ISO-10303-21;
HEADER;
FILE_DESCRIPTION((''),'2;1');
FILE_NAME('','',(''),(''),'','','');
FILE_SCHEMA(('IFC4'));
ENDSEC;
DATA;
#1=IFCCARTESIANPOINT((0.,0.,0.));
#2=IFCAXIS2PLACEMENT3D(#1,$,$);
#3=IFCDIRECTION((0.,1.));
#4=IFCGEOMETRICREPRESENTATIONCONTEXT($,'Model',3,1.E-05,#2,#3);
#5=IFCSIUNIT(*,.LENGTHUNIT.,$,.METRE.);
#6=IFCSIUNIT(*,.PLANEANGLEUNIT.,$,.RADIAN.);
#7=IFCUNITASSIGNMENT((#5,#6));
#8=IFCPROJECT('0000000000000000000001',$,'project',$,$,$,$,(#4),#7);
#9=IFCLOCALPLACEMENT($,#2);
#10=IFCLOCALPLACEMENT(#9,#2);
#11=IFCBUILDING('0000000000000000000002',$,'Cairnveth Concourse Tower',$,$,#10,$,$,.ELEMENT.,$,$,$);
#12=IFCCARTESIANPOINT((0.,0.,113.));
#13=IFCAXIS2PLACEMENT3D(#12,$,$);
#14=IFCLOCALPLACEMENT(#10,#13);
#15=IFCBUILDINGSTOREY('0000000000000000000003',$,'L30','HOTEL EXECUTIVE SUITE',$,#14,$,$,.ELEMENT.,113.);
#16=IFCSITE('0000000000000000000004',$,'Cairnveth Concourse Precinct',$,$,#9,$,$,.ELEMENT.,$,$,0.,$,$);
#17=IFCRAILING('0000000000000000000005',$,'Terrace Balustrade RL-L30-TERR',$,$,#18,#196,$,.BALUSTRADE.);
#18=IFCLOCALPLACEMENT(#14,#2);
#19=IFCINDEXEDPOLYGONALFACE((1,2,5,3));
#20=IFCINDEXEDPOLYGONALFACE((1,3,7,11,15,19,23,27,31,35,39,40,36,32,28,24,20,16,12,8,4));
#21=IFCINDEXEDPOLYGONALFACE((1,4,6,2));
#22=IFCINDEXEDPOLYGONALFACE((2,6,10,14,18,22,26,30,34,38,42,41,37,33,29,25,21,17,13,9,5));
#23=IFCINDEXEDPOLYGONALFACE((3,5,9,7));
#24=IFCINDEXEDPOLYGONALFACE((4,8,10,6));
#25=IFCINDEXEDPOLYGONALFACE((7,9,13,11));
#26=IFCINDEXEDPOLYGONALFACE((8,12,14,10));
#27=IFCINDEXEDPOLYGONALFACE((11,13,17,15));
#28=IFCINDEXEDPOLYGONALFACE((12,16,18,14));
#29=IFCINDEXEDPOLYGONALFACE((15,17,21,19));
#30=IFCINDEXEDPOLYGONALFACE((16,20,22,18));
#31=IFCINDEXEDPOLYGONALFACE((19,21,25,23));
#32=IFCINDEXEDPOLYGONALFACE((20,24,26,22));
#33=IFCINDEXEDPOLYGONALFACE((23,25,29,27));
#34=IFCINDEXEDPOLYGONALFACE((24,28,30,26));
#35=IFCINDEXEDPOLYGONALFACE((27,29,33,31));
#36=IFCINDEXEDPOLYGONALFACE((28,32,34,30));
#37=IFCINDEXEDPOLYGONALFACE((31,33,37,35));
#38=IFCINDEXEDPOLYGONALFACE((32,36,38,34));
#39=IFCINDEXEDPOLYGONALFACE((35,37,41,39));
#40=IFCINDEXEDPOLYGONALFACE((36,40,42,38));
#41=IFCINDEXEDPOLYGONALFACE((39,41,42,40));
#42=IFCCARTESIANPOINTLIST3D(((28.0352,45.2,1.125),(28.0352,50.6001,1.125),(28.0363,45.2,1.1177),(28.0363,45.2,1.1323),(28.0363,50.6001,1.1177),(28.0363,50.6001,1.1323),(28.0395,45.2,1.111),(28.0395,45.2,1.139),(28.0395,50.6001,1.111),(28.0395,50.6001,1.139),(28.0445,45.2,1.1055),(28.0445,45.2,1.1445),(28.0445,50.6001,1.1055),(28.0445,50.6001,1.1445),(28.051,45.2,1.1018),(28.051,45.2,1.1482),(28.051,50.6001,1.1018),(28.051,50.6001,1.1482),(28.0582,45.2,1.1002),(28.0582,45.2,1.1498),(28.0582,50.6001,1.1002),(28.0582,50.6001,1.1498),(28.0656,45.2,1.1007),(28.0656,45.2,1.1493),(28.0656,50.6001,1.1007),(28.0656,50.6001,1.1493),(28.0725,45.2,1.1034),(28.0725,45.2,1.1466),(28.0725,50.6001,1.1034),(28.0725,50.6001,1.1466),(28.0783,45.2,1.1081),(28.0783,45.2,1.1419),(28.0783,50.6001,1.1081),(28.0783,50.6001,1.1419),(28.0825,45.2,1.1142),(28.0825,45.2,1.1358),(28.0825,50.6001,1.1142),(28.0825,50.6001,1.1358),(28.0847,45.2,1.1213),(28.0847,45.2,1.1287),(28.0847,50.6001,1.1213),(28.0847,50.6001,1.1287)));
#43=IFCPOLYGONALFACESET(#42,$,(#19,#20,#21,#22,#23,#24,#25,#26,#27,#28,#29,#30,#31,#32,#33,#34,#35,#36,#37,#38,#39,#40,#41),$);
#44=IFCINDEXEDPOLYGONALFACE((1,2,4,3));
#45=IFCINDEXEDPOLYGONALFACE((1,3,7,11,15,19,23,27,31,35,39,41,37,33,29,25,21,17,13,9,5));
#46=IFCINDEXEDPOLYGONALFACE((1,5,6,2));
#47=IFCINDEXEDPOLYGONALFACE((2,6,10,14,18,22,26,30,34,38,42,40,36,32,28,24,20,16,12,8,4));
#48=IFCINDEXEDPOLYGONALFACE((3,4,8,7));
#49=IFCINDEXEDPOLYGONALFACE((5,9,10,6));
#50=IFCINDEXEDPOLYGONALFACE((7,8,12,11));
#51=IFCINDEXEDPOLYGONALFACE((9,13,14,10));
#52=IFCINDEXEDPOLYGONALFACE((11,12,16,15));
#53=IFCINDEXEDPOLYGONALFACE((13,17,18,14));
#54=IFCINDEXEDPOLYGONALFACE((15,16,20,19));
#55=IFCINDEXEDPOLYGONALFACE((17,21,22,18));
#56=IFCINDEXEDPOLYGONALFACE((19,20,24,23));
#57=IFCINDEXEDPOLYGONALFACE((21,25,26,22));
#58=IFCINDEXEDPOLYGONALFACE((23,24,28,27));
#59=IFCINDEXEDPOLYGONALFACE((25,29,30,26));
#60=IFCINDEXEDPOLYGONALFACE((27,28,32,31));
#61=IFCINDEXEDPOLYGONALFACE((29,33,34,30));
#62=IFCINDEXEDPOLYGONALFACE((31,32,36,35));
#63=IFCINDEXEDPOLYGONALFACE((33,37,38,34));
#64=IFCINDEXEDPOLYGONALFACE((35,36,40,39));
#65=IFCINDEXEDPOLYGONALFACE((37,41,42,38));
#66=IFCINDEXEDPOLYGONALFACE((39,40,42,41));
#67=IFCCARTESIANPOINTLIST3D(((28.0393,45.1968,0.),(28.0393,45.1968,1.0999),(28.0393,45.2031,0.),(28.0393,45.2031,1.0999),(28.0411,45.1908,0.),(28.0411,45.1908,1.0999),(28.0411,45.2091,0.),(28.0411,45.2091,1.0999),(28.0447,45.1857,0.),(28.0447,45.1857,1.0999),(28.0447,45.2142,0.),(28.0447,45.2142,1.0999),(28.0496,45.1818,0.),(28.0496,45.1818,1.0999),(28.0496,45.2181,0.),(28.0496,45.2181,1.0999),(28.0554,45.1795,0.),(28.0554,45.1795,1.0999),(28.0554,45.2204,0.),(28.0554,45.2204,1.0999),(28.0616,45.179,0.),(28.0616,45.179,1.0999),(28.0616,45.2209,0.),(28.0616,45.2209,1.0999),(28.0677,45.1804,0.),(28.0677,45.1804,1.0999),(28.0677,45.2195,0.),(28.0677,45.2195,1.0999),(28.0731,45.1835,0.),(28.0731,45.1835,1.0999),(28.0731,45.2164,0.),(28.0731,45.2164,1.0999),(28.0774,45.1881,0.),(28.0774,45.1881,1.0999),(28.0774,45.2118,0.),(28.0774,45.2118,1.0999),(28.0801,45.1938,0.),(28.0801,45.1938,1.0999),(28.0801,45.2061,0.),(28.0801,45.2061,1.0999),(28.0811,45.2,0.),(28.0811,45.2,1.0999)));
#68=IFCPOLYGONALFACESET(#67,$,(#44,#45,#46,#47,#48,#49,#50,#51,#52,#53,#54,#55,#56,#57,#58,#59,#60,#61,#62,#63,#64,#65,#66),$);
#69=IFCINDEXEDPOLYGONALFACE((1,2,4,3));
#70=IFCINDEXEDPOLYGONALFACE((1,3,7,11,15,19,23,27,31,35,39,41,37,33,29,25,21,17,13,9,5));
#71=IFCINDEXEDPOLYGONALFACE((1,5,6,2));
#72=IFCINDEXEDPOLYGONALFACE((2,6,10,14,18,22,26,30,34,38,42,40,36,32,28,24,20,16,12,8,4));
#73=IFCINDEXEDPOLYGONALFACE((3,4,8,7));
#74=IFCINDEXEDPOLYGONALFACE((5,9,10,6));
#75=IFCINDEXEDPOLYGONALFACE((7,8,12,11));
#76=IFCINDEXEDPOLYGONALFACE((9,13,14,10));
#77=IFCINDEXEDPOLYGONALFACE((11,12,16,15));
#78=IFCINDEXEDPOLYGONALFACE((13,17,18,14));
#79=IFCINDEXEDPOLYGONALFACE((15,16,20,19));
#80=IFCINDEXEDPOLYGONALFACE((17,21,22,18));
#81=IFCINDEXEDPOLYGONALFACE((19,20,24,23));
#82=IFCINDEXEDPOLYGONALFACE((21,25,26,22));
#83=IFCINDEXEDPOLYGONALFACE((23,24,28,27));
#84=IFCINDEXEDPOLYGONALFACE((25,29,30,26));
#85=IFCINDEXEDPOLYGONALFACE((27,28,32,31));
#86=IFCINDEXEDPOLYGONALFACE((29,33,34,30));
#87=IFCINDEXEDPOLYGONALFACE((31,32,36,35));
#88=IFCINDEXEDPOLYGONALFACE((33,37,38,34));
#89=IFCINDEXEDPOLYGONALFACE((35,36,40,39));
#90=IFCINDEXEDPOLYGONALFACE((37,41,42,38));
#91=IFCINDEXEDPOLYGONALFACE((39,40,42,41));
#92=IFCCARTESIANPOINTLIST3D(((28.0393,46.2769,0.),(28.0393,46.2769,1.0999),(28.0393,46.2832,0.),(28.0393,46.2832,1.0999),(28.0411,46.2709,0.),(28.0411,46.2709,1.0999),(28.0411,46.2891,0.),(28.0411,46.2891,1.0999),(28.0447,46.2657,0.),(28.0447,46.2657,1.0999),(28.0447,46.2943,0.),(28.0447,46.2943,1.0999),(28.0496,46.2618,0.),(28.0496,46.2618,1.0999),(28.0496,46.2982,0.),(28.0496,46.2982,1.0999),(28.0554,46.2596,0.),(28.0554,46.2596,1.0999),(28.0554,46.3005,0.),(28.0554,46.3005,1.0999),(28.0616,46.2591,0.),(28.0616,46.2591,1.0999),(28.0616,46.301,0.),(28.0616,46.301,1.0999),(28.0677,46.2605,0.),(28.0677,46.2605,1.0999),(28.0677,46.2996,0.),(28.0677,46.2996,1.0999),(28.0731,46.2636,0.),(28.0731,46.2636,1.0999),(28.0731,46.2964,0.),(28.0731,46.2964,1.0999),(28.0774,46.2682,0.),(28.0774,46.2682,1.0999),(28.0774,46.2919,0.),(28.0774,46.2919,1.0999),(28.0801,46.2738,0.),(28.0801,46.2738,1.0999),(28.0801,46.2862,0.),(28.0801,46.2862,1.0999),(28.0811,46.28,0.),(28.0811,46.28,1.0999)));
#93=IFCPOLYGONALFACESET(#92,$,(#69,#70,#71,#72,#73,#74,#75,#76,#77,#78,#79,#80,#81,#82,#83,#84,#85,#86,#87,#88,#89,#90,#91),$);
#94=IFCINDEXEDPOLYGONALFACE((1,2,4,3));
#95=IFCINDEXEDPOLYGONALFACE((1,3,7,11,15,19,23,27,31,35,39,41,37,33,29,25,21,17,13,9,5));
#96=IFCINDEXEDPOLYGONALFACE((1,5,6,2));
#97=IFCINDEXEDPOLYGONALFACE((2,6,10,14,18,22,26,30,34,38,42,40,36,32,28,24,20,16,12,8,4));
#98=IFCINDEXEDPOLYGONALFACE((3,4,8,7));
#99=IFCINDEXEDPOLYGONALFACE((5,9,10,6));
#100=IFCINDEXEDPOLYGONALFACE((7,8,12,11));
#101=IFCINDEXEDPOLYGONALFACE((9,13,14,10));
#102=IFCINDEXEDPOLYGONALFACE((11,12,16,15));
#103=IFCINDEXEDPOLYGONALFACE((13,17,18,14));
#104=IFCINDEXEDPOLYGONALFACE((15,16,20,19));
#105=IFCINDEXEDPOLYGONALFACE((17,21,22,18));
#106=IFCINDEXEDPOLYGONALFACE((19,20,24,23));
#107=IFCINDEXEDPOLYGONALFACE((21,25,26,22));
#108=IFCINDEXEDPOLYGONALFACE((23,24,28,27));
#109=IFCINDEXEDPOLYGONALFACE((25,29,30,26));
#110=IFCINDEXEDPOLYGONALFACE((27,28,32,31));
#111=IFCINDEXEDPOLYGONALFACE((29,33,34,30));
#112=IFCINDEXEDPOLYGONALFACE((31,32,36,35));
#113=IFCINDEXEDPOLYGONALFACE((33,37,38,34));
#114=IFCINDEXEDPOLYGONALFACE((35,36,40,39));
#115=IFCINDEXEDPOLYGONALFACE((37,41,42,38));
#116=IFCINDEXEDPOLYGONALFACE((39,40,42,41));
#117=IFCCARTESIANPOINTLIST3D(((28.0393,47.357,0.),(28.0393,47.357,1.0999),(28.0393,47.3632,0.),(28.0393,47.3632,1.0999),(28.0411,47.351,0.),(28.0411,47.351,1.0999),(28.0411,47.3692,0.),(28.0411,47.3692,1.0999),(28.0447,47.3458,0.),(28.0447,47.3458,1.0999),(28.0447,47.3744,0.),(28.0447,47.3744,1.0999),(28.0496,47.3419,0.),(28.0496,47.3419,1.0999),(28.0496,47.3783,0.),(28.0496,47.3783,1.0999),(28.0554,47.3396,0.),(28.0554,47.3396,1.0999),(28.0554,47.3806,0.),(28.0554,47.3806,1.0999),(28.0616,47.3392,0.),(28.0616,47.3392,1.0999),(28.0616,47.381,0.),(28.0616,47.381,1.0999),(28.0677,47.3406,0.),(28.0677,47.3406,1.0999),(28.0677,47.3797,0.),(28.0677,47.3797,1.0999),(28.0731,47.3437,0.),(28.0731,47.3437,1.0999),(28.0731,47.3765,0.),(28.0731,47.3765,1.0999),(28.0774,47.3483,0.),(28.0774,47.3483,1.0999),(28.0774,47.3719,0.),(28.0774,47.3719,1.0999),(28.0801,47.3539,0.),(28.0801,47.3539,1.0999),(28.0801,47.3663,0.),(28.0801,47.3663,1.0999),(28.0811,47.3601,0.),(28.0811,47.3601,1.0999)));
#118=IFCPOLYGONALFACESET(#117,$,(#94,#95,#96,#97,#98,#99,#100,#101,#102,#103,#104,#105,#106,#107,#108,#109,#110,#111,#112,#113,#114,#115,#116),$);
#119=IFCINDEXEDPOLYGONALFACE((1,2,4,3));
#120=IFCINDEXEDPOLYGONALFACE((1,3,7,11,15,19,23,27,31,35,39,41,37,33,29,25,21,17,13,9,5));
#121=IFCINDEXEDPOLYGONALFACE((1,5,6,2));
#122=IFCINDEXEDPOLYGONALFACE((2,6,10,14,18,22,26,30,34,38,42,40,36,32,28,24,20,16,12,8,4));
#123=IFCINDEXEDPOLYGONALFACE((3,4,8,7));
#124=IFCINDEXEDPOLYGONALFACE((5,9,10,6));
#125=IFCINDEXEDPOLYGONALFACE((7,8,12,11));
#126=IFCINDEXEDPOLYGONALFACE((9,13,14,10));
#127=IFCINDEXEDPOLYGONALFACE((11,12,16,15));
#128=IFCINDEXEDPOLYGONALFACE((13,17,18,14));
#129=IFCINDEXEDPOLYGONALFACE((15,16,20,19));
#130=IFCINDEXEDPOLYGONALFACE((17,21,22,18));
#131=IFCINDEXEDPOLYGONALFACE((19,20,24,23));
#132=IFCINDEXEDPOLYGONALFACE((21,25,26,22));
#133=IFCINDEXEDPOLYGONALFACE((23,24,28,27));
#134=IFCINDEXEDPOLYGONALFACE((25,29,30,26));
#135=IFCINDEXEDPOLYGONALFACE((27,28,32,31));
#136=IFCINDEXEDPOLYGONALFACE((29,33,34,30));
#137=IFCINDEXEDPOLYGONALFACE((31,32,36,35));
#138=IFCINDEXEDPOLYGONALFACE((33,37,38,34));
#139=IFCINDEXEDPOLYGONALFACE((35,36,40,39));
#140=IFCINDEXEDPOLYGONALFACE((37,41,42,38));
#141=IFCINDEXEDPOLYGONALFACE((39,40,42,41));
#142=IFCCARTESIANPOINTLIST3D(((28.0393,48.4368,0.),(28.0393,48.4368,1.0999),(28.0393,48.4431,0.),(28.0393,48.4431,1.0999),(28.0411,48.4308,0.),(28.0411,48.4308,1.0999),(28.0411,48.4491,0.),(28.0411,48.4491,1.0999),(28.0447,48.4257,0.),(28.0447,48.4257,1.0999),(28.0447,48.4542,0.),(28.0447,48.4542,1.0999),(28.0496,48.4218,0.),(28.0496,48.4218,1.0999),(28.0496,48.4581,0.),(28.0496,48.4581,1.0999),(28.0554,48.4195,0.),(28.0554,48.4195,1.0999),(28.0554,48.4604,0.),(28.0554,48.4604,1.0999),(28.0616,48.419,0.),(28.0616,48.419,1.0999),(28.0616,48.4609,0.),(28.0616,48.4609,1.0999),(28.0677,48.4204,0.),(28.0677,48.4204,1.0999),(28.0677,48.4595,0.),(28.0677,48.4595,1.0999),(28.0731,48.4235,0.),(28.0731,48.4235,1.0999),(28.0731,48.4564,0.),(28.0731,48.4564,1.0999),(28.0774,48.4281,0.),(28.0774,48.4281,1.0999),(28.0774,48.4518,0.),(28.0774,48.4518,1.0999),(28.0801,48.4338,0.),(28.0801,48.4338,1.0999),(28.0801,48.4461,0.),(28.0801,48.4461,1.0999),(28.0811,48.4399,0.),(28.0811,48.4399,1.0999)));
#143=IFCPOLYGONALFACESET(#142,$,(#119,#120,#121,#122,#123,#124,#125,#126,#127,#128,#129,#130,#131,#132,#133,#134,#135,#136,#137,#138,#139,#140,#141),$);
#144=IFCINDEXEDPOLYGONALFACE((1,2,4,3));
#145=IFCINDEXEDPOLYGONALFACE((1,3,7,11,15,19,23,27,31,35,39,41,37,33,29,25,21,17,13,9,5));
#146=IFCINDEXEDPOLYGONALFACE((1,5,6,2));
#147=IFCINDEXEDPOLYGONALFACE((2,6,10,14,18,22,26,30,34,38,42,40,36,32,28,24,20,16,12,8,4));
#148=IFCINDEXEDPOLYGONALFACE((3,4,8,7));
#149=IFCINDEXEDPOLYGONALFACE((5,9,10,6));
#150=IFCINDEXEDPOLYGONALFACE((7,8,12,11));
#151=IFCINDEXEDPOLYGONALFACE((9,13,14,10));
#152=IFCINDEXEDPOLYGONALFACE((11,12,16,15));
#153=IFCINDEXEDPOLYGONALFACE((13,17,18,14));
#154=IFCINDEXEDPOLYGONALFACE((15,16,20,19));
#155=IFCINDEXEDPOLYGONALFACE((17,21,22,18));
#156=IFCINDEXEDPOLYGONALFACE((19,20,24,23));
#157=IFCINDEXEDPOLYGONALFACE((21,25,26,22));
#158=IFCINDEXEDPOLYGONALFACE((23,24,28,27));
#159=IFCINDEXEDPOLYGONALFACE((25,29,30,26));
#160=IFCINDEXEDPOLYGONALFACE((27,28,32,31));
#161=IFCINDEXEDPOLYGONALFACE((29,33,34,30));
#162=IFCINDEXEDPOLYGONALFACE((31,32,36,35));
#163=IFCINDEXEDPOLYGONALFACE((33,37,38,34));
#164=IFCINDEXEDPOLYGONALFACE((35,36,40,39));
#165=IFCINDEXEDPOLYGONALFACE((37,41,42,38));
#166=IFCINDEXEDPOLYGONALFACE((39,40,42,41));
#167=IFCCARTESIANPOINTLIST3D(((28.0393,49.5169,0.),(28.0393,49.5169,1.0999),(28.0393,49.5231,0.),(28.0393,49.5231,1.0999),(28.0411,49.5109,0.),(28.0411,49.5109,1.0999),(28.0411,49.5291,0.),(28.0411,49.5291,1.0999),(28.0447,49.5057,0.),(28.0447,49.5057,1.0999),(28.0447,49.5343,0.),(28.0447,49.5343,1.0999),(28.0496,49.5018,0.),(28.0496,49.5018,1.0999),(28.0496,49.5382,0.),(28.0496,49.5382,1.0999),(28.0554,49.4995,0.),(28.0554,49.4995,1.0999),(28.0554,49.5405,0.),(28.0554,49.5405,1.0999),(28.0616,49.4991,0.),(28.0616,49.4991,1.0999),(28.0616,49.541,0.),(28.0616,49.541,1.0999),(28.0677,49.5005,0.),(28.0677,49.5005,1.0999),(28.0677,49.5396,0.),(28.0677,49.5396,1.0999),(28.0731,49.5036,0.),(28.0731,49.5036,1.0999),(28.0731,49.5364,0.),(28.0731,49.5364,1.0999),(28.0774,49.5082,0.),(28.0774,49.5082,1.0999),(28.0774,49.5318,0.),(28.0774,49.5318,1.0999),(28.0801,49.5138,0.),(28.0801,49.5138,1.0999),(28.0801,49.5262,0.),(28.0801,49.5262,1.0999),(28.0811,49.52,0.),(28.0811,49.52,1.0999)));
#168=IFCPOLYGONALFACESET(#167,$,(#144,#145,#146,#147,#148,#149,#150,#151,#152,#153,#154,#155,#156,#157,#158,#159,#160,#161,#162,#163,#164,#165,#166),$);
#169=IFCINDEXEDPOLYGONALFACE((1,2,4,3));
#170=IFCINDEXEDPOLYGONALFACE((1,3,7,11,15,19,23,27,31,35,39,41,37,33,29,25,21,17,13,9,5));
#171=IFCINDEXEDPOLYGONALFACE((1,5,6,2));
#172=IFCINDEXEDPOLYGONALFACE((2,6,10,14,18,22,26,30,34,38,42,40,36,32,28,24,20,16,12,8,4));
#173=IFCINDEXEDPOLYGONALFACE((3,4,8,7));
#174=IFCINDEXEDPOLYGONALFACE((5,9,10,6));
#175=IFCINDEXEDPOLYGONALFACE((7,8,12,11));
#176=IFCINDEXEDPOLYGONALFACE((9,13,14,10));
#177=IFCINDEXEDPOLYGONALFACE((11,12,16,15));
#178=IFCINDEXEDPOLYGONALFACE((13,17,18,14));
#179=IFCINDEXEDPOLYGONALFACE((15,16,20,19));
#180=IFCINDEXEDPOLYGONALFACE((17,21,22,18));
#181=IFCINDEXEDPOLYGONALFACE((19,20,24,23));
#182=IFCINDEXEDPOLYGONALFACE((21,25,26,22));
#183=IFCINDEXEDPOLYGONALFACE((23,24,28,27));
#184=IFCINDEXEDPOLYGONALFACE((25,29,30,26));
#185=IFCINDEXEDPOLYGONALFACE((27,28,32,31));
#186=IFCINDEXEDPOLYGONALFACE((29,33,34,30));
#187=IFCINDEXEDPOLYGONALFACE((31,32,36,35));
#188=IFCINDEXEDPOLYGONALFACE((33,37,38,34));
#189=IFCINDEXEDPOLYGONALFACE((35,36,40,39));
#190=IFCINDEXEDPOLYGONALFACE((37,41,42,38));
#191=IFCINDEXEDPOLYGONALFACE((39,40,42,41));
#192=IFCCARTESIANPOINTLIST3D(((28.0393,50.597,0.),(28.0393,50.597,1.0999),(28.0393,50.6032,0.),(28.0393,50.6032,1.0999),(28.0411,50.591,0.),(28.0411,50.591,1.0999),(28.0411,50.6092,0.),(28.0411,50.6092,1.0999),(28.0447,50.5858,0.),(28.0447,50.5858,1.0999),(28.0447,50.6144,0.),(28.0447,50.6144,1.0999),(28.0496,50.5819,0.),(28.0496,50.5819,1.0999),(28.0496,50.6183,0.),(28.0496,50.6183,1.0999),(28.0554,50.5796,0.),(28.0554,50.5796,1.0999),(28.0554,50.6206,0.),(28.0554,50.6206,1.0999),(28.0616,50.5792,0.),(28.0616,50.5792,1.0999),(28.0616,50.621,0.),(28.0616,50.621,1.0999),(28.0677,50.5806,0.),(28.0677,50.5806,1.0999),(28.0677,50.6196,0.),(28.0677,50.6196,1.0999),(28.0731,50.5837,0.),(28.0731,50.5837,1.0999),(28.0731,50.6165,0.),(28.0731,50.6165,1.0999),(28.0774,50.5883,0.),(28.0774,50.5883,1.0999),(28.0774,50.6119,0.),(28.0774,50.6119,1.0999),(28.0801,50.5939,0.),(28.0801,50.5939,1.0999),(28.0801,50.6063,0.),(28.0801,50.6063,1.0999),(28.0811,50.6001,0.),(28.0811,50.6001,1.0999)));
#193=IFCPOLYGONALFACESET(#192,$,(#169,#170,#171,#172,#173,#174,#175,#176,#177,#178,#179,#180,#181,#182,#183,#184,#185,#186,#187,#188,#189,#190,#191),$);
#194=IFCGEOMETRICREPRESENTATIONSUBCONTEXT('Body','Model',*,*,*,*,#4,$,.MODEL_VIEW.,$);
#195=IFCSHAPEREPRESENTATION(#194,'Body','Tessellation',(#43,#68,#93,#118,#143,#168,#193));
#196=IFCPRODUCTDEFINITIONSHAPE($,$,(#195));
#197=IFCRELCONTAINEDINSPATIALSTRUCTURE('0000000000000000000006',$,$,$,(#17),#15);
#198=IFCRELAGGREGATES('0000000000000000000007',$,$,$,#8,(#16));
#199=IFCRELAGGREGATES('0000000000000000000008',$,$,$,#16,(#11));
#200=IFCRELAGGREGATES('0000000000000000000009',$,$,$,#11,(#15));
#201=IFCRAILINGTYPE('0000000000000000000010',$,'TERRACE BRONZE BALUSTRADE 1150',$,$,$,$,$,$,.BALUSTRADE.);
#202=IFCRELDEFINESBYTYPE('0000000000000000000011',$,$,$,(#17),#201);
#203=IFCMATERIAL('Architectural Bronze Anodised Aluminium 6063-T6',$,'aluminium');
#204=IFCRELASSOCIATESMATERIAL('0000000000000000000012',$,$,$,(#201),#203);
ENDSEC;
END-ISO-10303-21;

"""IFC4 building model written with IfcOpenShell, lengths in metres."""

from ifc_helpers import new_model, si_unit, direction, frame, origin, origin_2d, place, context, subcontext, project, spatial, circle, extrude, material, type_object, element, save


model = new_model("IFC4")

# Units and contexts
model_context = context("Model", 3, precision=1e-05, world=origin(), true_north=direction((0.0, 1.0)))
body_context = subcontext(model_context, "Body", "Model", "MODEL_VIEW")
ifc_project = project(units=[si_unit("LENGTHUNIT", "METRE"), si_unit("PLANEANGLEUNIT", "RADIAN")], contexts=[model_context])

# Site, building, storey
site_placement = place(None, origin())
site = spatial("IfcSite", under=ifc_project, at=site_placement, Name="Cairnveth Concourse Precinct", CompositionType="ELEMENT", RefElevation=0.0)
building_placement = place(site_placement, origin())
building = spatial("IfcBuilding", under=site, at=building_placement, Name="Cairnveth Concourse Tower", CompositionType="ELEMENT")
storey_placement = place(building_placement, frame((0.0, 0.0, 113.0)))
storey = spatial("IfcBuildingStorey", under=building, at=storey_placement, Name="L30", Description="HOTEL EXECUTIVE SUITE", CompositionType="ELEMENT", Elevation=113.0)

# Shared definitions
ifc_material_1 = material(Name="Architectural Bronze Anodised Aluminium 6063-T6", Category="aluminium")

# Railing
railing_type_1 = type_object("IfcRailingType", Name="TERRACE BRONZE BALUSTRADE 1150", PredefinedType="BALUSTRADE", material=ifc_material_1)
railing_1_placement = place(storey_placement, frame((28.0601, 45.2, 0.0)))
element("IfcRailing", 1, at=railing_1_placement, inside=storey, type_object=railing_type_1, Name="Terrace Balustrade RL-L30-TERR", PredefinedType="BALUSTRADE", context=body_context, shape_type="SweptSolid", body=[
    extrude(circle(Radius=0.0249, at=origin_2d()), frame((0.0, 0.0, 1.125), z_axis=(0.0, 1.0, 0.0), x_axis=(-1.0, 0.0, 0.0)), (0.0, 0.0, 1.0), 5.4001),
    extrude(circle(Radius=0.021, at=origin_2d()), origin(), (0.0, 0.0, 1.0), 1.0999),
    extrude(circle(Radius=0.021, at=origin_2d()), frame((0.0, 1.0801, 0.0)), (0.0, 0.0, 1.0), 1.0999),
    extrude(circle(Radius=0.021, at=origin_2d()), frame((0.0, 2.1602, 0.0)), (0.0, 0.0, 1.0), 1.0999),
    extrude(circle(Radius=0.021, at=origin_2d()), frame((0.0, 3.24, 0.0)), (0.0, 0.0, 1.0), 1.0999),
    extrude(circle(Radius=0.021, at=origin_2d()), frame((0.0, 4.3201, 0.0)), (0.0, 0.0, 1.0), 1.0999),
    extrude(circle(Radius=0.021, at=origin_2d()), frame((0.0, 5.4001, 0.0)), (0.0, 0.0, 1.0), 1.0999),
])

save(model, "model.ifc")
